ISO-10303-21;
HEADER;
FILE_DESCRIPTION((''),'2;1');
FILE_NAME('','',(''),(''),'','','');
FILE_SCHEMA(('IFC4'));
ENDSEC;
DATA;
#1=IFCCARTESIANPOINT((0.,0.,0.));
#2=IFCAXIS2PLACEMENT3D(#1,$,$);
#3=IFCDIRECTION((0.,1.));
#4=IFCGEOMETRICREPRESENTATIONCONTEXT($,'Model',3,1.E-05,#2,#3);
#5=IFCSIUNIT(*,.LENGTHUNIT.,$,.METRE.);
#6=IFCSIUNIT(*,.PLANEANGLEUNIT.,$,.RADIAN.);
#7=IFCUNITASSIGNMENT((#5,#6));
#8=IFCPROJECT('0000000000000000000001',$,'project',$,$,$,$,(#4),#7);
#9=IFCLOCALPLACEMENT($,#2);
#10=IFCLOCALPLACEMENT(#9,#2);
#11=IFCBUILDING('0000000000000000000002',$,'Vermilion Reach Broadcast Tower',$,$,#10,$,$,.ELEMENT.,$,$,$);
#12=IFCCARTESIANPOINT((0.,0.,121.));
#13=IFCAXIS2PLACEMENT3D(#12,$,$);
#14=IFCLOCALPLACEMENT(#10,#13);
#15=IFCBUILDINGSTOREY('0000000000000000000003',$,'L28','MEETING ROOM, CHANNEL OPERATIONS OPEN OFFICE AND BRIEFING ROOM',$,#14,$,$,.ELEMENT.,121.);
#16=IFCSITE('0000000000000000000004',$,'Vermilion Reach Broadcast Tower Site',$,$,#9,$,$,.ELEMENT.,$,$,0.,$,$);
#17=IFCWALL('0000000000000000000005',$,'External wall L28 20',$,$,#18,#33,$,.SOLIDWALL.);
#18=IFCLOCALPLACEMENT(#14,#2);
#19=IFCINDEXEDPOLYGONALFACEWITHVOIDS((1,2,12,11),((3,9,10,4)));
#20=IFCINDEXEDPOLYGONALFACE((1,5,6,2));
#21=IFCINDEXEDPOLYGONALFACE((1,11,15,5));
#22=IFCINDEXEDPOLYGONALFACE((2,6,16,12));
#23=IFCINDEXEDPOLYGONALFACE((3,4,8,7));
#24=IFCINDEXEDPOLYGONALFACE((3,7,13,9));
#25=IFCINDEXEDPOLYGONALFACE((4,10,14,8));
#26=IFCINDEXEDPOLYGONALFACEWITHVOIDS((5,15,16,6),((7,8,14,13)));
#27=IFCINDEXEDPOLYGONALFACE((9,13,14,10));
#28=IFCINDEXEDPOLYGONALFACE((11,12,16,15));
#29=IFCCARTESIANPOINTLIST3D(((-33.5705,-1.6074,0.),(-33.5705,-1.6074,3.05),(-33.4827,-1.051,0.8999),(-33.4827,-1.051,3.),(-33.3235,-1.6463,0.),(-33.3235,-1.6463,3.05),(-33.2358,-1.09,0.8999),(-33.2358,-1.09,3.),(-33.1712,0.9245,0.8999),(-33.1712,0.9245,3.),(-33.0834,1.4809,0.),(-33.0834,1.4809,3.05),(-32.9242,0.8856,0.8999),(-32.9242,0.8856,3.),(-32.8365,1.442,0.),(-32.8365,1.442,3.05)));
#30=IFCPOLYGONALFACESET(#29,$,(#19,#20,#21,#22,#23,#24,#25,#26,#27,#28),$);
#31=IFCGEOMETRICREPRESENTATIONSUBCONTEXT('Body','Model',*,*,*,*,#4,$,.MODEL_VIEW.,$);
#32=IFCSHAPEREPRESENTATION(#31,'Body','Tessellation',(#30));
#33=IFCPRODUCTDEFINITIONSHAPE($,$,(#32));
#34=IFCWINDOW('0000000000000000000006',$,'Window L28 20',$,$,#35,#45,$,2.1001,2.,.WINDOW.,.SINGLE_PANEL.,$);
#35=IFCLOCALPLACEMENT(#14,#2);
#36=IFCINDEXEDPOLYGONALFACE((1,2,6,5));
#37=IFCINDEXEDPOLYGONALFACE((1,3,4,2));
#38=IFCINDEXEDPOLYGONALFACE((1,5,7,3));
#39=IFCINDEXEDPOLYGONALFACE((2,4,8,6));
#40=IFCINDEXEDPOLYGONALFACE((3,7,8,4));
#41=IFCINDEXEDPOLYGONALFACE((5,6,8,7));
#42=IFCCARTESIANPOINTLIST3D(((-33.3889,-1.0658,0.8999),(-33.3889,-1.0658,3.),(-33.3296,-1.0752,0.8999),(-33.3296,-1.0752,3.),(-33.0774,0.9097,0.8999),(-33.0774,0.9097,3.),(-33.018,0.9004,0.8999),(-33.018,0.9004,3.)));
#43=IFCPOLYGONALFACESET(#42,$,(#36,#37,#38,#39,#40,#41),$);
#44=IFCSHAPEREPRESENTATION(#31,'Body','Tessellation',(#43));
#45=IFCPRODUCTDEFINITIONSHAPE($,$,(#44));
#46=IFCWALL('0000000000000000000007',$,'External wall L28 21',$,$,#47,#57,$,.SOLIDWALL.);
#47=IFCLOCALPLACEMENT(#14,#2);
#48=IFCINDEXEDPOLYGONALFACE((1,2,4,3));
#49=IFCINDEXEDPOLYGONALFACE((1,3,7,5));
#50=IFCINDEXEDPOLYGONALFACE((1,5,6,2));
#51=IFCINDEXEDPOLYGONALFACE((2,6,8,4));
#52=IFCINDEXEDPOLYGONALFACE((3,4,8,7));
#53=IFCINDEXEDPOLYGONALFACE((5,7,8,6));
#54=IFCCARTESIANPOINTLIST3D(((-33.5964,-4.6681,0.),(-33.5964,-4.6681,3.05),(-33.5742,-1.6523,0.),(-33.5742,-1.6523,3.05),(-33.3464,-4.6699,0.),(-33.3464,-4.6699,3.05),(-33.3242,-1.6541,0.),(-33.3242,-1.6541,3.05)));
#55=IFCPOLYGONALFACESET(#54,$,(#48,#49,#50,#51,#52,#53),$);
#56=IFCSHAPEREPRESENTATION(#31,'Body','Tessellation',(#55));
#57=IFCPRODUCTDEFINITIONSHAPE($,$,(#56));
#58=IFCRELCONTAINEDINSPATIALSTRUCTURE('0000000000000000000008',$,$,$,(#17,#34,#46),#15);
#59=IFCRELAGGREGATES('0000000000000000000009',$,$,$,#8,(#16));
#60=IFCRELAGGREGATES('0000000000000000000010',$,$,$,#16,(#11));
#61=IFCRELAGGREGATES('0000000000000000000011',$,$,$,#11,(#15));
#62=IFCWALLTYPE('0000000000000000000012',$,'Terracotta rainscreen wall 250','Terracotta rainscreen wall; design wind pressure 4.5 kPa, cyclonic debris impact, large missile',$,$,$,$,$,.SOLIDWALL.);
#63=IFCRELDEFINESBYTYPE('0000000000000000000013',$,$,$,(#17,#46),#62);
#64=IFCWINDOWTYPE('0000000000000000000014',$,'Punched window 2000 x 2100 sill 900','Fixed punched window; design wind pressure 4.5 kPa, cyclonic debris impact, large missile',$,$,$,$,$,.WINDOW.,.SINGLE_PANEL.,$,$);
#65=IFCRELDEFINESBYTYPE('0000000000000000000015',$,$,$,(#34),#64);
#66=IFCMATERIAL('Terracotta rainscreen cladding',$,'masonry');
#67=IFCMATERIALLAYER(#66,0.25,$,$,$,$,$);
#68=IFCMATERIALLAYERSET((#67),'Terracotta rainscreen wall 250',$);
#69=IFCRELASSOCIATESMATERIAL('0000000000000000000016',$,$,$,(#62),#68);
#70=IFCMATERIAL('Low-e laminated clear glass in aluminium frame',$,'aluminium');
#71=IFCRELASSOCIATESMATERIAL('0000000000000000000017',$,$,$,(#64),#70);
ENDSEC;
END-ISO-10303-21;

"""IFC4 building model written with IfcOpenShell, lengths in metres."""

from ifc_helpers import new_model, si_unit, direction, frame, frame_2d, origin, place, context, subcontext, project, spatial, rectangle, extrude, material, layer, layer_set, type_object, element, fill, save


model = new_model("IFC4")

# Units and contexts
model_context = context("Model", 3, precision=1e-05, world=origin(), true_north=direction((0.0, 1.0)))
body_context = subcontext(model_context, "Body", "Model", "MODEL_VIEW")
ifc_project = project(units=[si_unit("LENGTHUNIT", "METRE"), si_unit("PLANEANGLEUNIT", "RADIAN")], contexts=[model_context])

# Site, building, storey
site_placement = place(None, origin())
site = spatial("IfcSite", under=ifc_project, at=site_placement, Name="Vermilion Reach Broadcast Tower Site", CompositionType="ELEMENT", RefElevation=0.0)
building_placement = place(site_placement, origin())
building = spatial("IfcBuilding", under=site, at=building_placement, Name="Vermilion Reach Broadcast Tower", CompositionType="ELEMENT")
storey_placement = place(building_placement, frame((0.0, 0.0, 121.0)))
storey = spatial("IfcBuildingStorey", under=building, at=storey_placement, Name="L28", Description="MEETING ROOM, CHANNEL OPERATIONS OPEN OFFICE AND BRIEFING ROOM", CompositionType="ELEMENT", Elevation=121.0)

# Wall, opening, window
ifc_material_1 = material(Name="Terracotta rainscreen cladding", Category="masonry")
ifc_layer_1 = layer(ifc_material_1, 0.25)
ifc_layer_set_1 = layer_set([ifc_layer_1], Name="Terracotta rainscreen wall 250")
wall_type_1 = type_object("IfcWallType", Name="Terracotta rainscreen wall 250", Description="Terracotta rainscreen wall; design wind pressure 4.5 kPa, cyclonic debris impact, large missile", PredefinedType="SOLIDWALL", material=ifc_layer_set_1)
wall_1_placement = place(storey_placement, frame((-32.96, 1.4614, 0.0), z_axis=(0.0, 0.0, 1.0), x_axis=(-0.155782, -0.987791, 0.0)))
wall_1 = element("IfcWall", 1, at=wall_1_placement, inside=storey, type_object=wall_type_1, Name="External wall L28 20", PredefinedType="SOLIDWALL", context=body_context, shape_type="SweptSolid", body=[
    extrude(rectangle(XDim=3.1265, YDim=0.25, at=frame_2d((1.5632, 0.0))), origin(), (0.0, 0.0, 1.0), 3.05),
])
opening_placement = place(wall_1_placement, frame((0.5632, 0.0, 0.8999)))
opening = element("IfcOpeningElement", 2, at=opening_placement, cuts=wall_1, PredefinedType="OPENING", context=body_context, shape_type="SweptSolid", body=[
    extrude(rectangle(XDim=2.0, YDim=2.1001, at=frame_2d((1.0, 1.05))), frame((0.0, 0.135, 0.0), z_axis=(0.0, -1.0, 0.0), x_axis=(1.0, 0.0, 0.0)), (0.0, 0.0, 1.0), 0.27),
])
ifc_material_2 = material(Name="Low-e laminated clear glass in aluminium frame", Category="aluminium")
window_type = type_object("IfcWindowType", Name="Punched window 2000 x 2100 sill 900", Description="Fixed punched window; design wind pressure 4.5 kPa, cyclonic debris impact, large missile", PartitioningType="SINGLE_PANEL", PredefinedType="WINDOW", material=ifc_material_2)
window_placement = place(opening_placement, origin())
window = element("IfcWindow", 3, at=window_placement, inside=storey, type_object=window_type, Name="Window L28 20", OverallHeight=2.1001, OverallWidth=2.0, PartitioningType="SINGLE_PANEL", PredefinedType="WINDOW", context=body_context, shape_type="SweptSolid", body=[
    extrude(rectangle(XDim=2.0, YDim=2.1001, at=frame_2d((1.0, 1.05))), frame((0.0, 0.03, 0.0), z_axis=(0.0, -1.0, 0.0), x_axis=(1.0, 0.0, 0.0)), (0.0, 0.0, 1.0), 0.0601),
])
fill(opening, window)

# Wall
wall_2_placement = place(storey_placement, frame((-33.4492, -1.6533, 0.0), z_axis=(0.0, 0.0, 1.0), x_axis=(-0.007366, -0.999973, 0.0)))
element("IfcWall", 4, at=wall_2_placement, inside=storey, type_object=wall_type_1, Name="External wall L28 21", PredefinedType="SOLIDWALL", context=body_context, shape_type="SweptSolid", body=[
    extrude(rectangle(XDim=3.0159, YDim=0.25, at=frame_2d((1.5078, 0.0))), origin(), (0.0, 0.0, 1.0), 3.05),
])

save(model, "model.ifc")
